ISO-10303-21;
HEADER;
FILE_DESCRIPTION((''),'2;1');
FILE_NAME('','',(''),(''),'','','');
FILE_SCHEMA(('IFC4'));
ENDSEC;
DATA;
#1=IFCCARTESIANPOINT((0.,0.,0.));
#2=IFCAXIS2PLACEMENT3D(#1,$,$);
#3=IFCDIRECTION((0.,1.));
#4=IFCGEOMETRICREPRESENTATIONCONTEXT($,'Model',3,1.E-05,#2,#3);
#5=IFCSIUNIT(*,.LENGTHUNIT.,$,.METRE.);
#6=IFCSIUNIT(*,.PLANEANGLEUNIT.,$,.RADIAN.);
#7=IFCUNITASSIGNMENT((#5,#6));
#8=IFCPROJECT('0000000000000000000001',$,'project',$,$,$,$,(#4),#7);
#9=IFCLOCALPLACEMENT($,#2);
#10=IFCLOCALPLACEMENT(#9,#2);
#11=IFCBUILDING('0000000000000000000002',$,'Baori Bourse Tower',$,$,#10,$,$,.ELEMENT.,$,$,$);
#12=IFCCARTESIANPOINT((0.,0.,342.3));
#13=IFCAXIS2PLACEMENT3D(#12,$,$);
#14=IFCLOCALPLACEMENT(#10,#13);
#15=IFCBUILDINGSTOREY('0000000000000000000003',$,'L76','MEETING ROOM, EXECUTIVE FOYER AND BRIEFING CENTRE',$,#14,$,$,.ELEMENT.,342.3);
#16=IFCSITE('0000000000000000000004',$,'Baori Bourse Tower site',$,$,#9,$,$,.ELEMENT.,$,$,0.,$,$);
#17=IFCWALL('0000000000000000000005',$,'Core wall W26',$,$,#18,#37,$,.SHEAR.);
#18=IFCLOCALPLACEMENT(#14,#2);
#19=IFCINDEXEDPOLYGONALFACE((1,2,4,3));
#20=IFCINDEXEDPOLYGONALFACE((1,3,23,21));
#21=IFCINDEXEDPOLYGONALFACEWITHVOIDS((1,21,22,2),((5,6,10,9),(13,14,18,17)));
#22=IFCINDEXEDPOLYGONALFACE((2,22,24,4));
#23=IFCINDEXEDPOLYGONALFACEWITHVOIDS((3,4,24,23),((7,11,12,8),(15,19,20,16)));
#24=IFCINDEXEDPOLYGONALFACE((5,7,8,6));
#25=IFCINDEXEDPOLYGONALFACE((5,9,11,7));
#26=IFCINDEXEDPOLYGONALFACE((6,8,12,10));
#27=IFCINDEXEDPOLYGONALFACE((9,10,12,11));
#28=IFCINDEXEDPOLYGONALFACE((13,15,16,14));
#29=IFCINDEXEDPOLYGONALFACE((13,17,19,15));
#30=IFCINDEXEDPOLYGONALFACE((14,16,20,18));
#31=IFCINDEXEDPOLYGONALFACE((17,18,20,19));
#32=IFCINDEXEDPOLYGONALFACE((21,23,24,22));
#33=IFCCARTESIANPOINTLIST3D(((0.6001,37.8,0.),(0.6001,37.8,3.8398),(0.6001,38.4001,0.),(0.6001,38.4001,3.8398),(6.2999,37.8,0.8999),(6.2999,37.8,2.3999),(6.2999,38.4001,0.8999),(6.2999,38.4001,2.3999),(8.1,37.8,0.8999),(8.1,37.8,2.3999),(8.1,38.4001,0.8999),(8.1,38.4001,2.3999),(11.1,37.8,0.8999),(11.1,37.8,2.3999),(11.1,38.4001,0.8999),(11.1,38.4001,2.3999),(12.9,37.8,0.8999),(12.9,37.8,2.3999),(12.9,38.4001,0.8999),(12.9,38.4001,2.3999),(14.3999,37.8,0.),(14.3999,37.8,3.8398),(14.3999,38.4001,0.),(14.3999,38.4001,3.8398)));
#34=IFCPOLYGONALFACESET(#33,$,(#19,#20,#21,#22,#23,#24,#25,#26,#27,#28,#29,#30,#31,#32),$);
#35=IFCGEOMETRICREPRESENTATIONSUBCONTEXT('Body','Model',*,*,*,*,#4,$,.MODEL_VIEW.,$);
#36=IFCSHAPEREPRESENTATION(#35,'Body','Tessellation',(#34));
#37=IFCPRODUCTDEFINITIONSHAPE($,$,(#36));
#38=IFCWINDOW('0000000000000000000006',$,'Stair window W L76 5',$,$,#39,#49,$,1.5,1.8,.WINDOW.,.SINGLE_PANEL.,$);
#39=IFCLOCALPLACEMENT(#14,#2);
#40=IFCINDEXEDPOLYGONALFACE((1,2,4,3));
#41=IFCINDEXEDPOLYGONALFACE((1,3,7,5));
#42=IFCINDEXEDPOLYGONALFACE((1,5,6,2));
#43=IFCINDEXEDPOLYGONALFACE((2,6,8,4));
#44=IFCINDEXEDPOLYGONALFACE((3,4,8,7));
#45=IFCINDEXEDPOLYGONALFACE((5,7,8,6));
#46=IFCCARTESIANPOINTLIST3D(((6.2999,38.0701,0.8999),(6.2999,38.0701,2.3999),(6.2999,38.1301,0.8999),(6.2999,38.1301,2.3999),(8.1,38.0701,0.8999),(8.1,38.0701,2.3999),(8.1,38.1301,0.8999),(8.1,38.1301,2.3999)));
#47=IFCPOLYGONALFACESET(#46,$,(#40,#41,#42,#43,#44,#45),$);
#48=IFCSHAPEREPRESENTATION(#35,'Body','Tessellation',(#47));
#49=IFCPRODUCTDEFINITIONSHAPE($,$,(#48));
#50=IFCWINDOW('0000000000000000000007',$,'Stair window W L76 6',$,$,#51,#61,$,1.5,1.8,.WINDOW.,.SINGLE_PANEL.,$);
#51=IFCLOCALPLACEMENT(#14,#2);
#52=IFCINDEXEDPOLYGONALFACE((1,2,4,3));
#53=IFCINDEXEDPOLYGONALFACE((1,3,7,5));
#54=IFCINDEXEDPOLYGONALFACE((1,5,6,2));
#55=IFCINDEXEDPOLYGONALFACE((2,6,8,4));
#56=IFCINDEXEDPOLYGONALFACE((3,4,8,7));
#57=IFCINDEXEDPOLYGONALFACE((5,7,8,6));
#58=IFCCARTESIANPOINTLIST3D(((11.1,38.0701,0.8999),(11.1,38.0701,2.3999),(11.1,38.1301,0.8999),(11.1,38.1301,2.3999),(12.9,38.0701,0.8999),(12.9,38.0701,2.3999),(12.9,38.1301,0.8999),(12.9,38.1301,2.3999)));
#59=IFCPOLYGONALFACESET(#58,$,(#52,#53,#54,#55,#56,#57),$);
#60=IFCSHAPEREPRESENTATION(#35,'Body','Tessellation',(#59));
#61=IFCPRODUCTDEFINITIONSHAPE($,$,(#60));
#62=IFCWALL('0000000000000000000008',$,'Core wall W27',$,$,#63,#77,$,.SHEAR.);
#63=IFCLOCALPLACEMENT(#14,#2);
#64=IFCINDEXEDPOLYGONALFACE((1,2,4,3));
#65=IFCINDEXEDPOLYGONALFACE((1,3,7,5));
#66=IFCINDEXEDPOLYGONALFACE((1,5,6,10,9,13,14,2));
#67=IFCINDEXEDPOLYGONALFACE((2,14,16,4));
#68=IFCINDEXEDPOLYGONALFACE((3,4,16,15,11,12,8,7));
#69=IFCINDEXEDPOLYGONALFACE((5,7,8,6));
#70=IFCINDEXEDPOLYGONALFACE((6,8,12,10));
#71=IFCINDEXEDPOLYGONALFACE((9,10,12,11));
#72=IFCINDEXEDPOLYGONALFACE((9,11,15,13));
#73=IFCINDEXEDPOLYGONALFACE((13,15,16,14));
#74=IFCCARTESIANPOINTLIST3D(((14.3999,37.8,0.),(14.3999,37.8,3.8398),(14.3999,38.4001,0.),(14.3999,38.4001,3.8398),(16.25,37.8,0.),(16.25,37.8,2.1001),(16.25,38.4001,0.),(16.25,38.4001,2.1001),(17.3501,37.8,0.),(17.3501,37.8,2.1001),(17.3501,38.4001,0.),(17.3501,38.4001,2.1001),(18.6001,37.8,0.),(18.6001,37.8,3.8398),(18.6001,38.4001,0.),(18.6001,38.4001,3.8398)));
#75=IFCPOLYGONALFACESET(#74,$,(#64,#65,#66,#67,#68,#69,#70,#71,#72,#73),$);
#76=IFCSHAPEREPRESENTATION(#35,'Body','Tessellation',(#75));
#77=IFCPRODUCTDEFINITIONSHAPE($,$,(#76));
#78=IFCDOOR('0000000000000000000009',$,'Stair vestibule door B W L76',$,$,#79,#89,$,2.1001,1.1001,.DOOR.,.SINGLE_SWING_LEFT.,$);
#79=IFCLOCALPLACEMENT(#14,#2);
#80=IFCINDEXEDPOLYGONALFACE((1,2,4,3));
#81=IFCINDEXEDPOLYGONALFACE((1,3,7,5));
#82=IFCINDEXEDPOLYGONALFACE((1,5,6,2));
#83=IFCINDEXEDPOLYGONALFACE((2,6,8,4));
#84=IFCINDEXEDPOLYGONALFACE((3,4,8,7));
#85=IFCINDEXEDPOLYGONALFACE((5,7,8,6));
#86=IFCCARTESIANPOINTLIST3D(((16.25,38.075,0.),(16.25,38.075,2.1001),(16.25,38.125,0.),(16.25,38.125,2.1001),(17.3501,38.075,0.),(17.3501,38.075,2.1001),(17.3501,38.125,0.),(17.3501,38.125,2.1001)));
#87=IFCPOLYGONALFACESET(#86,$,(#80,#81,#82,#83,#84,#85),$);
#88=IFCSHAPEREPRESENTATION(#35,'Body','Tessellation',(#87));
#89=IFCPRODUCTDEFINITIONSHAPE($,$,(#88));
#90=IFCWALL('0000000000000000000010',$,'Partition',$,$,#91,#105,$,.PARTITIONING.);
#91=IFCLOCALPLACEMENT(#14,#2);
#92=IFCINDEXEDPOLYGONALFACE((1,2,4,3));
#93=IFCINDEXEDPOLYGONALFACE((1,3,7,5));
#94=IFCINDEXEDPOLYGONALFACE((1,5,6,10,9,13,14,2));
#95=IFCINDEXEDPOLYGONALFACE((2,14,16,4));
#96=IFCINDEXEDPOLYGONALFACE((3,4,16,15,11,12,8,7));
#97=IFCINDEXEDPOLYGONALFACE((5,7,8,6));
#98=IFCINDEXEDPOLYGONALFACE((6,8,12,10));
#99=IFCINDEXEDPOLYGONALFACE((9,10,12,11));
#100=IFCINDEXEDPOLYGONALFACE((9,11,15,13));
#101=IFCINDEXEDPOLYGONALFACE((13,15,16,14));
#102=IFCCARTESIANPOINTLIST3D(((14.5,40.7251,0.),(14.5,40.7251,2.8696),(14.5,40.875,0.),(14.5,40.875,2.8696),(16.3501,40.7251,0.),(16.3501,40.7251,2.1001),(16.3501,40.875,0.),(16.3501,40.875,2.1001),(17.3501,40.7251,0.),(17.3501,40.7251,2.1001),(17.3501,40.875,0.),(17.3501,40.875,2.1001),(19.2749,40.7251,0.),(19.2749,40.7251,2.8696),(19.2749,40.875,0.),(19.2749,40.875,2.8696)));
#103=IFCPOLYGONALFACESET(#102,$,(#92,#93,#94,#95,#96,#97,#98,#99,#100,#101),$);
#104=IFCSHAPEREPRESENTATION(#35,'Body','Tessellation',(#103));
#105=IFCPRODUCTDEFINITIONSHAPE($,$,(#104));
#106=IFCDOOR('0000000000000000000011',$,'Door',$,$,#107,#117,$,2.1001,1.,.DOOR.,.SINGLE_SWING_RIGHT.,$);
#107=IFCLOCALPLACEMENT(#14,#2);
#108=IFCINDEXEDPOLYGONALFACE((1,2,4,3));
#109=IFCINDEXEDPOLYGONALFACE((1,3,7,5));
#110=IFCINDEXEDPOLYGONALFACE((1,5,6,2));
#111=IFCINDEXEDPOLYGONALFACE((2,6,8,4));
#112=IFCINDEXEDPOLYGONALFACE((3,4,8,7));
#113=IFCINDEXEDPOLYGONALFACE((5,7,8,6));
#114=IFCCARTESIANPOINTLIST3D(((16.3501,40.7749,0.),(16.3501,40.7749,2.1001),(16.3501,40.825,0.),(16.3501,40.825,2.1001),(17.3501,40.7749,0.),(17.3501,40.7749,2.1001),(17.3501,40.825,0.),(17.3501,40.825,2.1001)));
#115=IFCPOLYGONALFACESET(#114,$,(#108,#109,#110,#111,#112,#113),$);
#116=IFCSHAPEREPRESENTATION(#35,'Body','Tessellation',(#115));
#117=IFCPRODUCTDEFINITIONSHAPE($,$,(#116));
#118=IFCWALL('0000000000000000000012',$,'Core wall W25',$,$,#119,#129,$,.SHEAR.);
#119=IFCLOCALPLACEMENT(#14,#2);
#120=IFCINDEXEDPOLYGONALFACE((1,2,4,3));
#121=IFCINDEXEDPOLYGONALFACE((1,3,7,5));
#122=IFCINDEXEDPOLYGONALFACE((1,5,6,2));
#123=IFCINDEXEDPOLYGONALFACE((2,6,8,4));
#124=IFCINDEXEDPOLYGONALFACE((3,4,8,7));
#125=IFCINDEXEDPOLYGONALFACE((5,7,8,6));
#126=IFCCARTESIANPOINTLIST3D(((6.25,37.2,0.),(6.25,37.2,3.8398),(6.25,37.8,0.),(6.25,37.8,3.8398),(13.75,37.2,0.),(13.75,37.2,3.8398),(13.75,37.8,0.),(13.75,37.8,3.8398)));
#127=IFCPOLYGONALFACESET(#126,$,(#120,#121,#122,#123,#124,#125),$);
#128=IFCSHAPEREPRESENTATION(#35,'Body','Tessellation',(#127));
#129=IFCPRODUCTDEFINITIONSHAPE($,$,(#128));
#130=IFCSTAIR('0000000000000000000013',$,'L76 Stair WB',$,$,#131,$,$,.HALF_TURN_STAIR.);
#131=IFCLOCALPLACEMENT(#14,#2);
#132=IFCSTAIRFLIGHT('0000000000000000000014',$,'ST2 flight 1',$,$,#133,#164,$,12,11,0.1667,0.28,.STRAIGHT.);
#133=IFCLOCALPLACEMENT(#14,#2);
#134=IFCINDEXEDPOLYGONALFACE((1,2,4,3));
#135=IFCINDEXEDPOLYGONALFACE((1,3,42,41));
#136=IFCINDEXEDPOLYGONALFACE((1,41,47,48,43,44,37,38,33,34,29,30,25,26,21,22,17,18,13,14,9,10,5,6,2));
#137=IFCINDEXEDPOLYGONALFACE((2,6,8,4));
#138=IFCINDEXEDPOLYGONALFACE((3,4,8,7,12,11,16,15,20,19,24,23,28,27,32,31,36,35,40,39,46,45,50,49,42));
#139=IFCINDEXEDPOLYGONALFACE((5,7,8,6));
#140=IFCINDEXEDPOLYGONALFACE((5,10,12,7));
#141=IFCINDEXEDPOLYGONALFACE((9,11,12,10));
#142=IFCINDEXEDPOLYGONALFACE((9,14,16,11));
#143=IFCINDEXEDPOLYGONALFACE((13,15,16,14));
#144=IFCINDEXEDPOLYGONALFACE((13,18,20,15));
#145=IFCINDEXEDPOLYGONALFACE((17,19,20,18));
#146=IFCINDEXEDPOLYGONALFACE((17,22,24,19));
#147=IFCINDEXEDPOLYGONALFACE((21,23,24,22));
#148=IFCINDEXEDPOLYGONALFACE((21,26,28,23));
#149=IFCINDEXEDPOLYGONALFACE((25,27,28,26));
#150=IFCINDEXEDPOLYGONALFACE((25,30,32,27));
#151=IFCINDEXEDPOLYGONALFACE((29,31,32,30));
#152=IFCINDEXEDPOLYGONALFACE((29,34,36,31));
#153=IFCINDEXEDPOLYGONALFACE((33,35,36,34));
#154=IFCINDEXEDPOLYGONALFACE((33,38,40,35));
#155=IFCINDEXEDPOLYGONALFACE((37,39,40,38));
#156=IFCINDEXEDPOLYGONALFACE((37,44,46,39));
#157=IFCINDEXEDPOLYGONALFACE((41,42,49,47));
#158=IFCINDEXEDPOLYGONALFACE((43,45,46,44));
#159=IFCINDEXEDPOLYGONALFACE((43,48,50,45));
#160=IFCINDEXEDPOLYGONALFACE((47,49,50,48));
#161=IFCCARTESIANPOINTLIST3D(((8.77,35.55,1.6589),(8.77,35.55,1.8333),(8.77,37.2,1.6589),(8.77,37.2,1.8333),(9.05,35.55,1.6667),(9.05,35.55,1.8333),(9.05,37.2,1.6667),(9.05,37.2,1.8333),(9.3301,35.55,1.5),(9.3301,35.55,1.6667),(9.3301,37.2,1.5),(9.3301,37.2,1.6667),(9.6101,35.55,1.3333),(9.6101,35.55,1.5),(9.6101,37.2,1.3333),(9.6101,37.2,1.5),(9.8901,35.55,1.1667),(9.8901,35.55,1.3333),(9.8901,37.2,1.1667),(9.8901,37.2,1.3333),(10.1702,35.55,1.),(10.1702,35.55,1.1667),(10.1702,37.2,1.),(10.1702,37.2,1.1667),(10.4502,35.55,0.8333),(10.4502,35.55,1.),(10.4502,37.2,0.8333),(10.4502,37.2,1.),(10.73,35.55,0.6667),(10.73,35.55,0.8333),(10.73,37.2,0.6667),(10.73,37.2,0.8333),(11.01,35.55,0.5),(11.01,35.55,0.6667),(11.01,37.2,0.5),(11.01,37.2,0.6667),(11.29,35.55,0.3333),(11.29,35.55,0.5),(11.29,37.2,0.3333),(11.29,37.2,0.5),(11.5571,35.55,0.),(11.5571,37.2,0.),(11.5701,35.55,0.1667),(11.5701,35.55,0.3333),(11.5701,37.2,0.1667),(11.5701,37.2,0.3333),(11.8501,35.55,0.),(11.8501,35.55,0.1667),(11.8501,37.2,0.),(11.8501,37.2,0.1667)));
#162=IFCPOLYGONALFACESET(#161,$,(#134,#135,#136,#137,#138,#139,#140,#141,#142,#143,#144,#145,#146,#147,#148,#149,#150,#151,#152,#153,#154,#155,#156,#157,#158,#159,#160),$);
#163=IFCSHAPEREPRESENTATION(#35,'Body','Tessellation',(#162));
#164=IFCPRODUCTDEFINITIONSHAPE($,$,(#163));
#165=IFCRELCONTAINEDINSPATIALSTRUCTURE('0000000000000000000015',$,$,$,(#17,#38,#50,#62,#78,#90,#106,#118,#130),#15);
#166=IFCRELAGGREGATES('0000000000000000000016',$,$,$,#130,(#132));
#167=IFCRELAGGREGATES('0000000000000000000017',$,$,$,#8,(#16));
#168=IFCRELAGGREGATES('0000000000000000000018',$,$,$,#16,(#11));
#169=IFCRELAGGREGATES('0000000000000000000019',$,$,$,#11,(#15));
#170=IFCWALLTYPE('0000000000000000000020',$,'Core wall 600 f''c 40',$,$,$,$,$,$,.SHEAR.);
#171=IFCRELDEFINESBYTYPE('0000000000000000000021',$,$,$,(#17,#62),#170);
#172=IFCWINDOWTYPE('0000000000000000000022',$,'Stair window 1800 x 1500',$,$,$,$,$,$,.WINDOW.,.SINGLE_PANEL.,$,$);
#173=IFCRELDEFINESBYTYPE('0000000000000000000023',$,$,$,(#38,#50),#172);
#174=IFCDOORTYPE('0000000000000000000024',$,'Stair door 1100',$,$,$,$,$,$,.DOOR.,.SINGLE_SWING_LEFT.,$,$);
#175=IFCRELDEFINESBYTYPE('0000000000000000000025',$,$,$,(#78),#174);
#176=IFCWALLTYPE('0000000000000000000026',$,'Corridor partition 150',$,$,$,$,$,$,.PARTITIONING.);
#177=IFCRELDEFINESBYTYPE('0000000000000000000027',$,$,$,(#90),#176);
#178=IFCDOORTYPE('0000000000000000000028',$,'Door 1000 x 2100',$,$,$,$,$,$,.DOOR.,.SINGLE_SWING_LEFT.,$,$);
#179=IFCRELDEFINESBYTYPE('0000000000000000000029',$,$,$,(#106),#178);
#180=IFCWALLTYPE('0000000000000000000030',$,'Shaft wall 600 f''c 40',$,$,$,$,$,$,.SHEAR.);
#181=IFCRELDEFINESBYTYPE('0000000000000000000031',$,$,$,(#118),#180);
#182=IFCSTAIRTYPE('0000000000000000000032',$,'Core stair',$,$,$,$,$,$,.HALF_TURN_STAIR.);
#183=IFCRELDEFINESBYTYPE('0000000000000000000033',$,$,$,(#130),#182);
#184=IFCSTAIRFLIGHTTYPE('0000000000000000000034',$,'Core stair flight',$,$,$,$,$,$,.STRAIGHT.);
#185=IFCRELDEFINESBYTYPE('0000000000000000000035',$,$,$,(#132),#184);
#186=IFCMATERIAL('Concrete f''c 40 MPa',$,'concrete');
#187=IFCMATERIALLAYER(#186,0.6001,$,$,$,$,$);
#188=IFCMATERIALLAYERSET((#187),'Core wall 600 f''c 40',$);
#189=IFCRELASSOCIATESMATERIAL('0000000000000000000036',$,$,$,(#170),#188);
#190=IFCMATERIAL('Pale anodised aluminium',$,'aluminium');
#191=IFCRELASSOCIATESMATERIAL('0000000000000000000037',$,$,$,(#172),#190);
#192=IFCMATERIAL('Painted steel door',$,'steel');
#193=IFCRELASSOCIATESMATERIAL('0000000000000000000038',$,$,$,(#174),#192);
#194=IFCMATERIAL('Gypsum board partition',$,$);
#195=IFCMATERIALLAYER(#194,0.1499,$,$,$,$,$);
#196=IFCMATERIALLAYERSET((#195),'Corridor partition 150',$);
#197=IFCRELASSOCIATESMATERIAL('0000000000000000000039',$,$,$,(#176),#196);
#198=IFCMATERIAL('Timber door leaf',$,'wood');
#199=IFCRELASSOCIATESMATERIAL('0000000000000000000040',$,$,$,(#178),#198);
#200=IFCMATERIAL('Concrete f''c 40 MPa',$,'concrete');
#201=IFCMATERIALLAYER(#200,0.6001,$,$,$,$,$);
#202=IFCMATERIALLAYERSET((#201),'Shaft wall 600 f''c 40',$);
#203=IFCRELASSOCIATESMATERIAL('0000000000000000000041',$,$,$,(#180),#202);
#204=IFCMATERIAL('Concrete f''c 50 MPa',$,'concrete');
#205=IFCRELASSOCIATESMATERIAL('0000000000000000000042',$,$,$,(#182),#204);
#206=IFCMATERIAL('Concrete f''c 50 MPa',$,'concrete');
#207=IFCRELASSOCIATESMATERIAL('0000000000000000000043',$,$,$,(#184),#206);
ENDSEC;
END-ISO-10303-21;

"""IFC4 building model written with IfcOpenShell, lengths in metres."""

from ifc_helpers import new_model, si_unit, direction, frame, frame_2d, origin, place, context, subcontext, project, spatial, polyline, rectangle, outline, extrude, material, layer, layer_set, type_object, element, fill, aggregate, save


model = new_model("IFC4")

# Units and contexts
model_context = context("Model", 3, precision=1e-05, world=origin(), true_north=direction((0.0, 1.0)))
body_context = subcontext(model_context, "Body", "Model", "MODEL_VIEW")
ifc_project = project(units=[si_unit("LENGTHUNIT", "METRE"), si_unit("PLANEANGLEUNIT", "RADIAN")], contexts=[model_context])

# Site, building, storey
site_placement = place(None, origin())
site = spatial("IfcSite", under=ifc_project, at=site_placement, Name="Baori Bourse Tower site", CompositionType="ELEMENT", RefElevation=0.0)
building_placement = place(site_placement, origin())
building = spatial("IfcBuilding", under=site, at=building_placement, Name="Baori Bourse Tower", CompositionType="ELEMENT")
storey_placement = place(building_placement, frame((0.0, 0.0, 342.3)))
storey = spatial("IfcBuildingStorey", under=building, at=storey_placement, Name="L76", Description="MEETING ROOM, EXECUTIVE FOYER AND BRIEFING CENTRE", CompositionType="ELEMENT", Elevation=342.3)

# Wall, openings, windows
ifc_material_1 = material(Name="Concrete f'c 40 MPa", Category="concrete")
ifc_layer_1 = layer(ifc_material_1, 0.6001)
ifc_layer_set_1 = layer_set([ifc_layer_1], Name="Core wall 600 f'c 40")
wall_type_1 = type_object("IfcWallType", Name="Core wall 600 f'c 40", PredefinedType="SHEAR", material=ifc_layer_set_1)
wall_1_placement = place(storey_placement, frame((0.6001, 38.1001, 0.0), z_axis=(0.0, 0.0, 1.0), x_axis=(1.0, 0.0, 0.0)))
wall_1 = element("IfcWall", 1, at=wall_1_placement, inside=storey, type_object=wall_type_1, Name="Core wall W26", PredefinedType="SHEAR", context=body_context, shape_type="SweptSolid", body=[
    extrude(rectangle(XDim=13.7998, YDim=0.6001, at=frame_2d((6.8999, 0.0))), origin(), (0.0, 0.0, 1.0), 3.8398),
])
opening_1_placement = place(wall_1_placement, frame((5.7, 0.0, 0.8999)))
opening_1 = element("IfcOpeningElement", 2, at=opening_1_placement, cuts=wall_1, PredefinedType="OPENING", context=body_context, shape_type="SweptSolid", body=[
    extrude(rectangle(XDim=1.8, YDim=1.5, at=frame_2d((0.8999, 0.75))), frame((0.0, 0.3101, 0.0), z_axis=(0.0, -1.0, 0.0), x_axis=(1.0, 0.0, 0.0)), (0.0, 0.0, 1.0), 0.6201),
])
opening_2_placement = place(wall_1_placement, frame((10.5, 0.0, 0.8999)))
opening_2 = element("IfcOpeningElement", 3, at=opening_2_placement, cuts=wall_1, PredefinedType="OPENING", context=body_context, shape_type="SweptSolid", body=[
    extrude(rectangle(XDim=1.8, YDim=1.5, at=frame_2d((0.8999, 0.75))), frame((0.0, 0.3101, 0.0), z_axis=(0.0, -1.0, 0.0), x_axis=(1.0, 0.0, 0.0)), (0.0, 0.0, 1.0), 0.6201),
])
ifc_material_2 = material(Name="Pale anodised aluminium", Category="aluminium")
window_type = type_object("IfcWindowType", Name="Stair window 1800 x 1500", PartitioningType="SINGLE_PANEL", PredefinedType="WINDOW", material=ifc_material_2)
window_1_placement = place(opening_1_placement, origin())
window_1 = element("IfcWindow", 4, at=window_1_placement, inside=storey, type_object=window_type, Name="Stair window W L76 5", OverallHeight=1.5, OverallWidth=1.8, PartitioningType="SINGLE_PANEL", PredefinedType="WINDOW", context=body_context, shape_type="SweptSolid", body=[
    extrude(rectangle(XDim=1.8, YDim=1.5, at=frame_2d((0.8999, 0.75))), frame((0.0, 0.03, 0.0), z_axis=(0.0, -1.0, 0.0), x_axis=(1.0, 0.0, 0.0)), (0.0, 0.0, 1.0), 0.0601),
])
fill(opening_1, window_1)
window_2_placement = place(opening_2_placement, origin())
window_2 = element("IfcWindow", 5, at=window_2_placement, inside=storey, type_object=window_type, Name="Stair window W L76 6", OverallHeight=1.5, OverallWidth=1.8, PartitioningType="SINGLE_PANEL", PredefinedType="WINDOW", context=body_context, shape_type="SweptSolid", body=[
    extrude(rectangle(XDim=1.8, YDim=1.5, at=frame_2d((0.8999, 0.75))), frame((0.0, 0.03, 0.0), z_axis=(0.0, -1.0, 0.0), x_axis=(1.0, 0.0, 0.0)), (0.0, 0.0, 1.0), 0.0601),
])
fill(opening_2, window_2)

# Walls, openings, doors
wall_2_placement = place(storey_placement, frame((14.3999, 38.1001, 0.0), z_axis=(0.0, 0.0, 1.0), x_axis=(1.0, 0.0, 0.0)))
wall_2 = element("IfcWall", 6, at=wall_2_placement, inside=storey, type_object=wall_type_1, Name="Core wall W27", PredefinedType="SHEAR", context=body_context, shape_type="SweptSolid", body=[
    extrude(rectangle(XDim=4.2002, YDim=0.6001, at=frame_2d((2.1001, 0.0))), origin(), (0.0, 0.0, 1.0), 3.8398),
])
opening_3_placement = place(wall_2_placement, frame((1.8501, 0.0, 0.0)))
opening_3 = element("IfcOpeningElement", 7, at=opening_3_placement, cuts=wall_2, PredefinedType="OPENING", context=body_context, shape_type="SweptSolid", body=[
    extrude(rectangle(XDim=1.1001, YDim=2.1001, at=frame_2d((0.55, 1.05))), frame((0.0, 0.3101, 0.0), z_axis=(0.0, -1.0, 0.0), x_axis=(1.0, 0.0, 0.0)), (0.0, 0.0, 1.0), 0.6201),
])
ifc_material_3 = material(Name="Painted steel door", Category="steel")
door_type_1 = type_object("IfcDoorType", Name="Stair door 1100", OperationType="SINGLE_SWING_LEFT", PredefinedType="DOOR", material=ifc_material_3)
door_1_placement = place(opening_3_placement, origin())
door_1 = element("IfcDoor", 8, at=door_1_placement, inside=storey, type_object=door_type_1, Name="Stair vestibule door B W L76", OperationType="SINGLE_SWING_LEFT", OverallHeight=2.1001, OverallWidth=1.1001, PredefinedType="DOOR", context=body_context, shape_type="SweptSolid", body=[
    extrude(rectangle(XDim=1.1001, YDim=2.1001, at=frame_2d((0.55, 1.05))), frame((0.0, 0.0249, 0.0), z_axis=(0.0, -1.0, 0.0), x_axis=(1.0, 0.0, 0.0)), (0.0, 0.0, 1.0), 0.05),
])
fill(opening_3, door_1)
ifc_material_4 = material(Name="Gypsum board partition")
ifc_layer_2 = layer(ifc_material_4, 0.1499)
ifc_layer_set_2 = layer_set([ifc_layer_2], Name="Corridor partition 150")
wall_type_2 = type_object("IfcWallType", Name="Corridor partition 150", PredefinedType="PARTITIONING", material=ifc_layer_set_2)
wall_3_placement = place(storey_placement, frame((14.5, 40.8, 0.0), z_axis=(0.0, 0.0, 1.0), x_axis=(1.0, 0.0, 0.0)))
wall_3 = element("IfcWall", 9, at=wall_3_placement, inside=storey, type_object=wall_type_2, Name="Partition", PredefinedType="PARTITIONING", context=body_context, shape_type="SweptSolid", body=[
    extrude(rectangle(XDim=4.7749, YDim=0.1499, at=frame_2d((2.3875, 0.0))), origin(), (0.0, 0.0, 1.0), 2.8696),
])
opening_4_placement = place(wall_3_placement, frame((1.8501, 0.0, 0.0)))
opening_4 = element("IfcOpeningElement", 10, at=opening_4_placement, cuts=wall_3, PredefinedType="OPENING", context=body_context, shape_type="SweptSolid", body=[
    extrude(rectangle(XDim=1.0, YDim=2.1001, at=frame_2d((0.5, 1.05))), frame((0.0, 0.085, 0.0), z_axis=(0.0, -1.0, 0.0), x_axis=(1.0, 0.0, 0.0)), (0.0, 0.0, 1.0), 0.1699),
])
ifc_material_5 = material(Name="Timber door leaf", Category="wood")
door_type_2 = type_object("IfcDoorType", Name="Door 1000 x 2100", OperationType="SINGLE_SWING_LEFT", PredefinedType="DOOR", material=ifc_material_5)
door_2_placement = place(opening_4_placement, origin())
door_2 = element("IfcDoor", 11, at=door_2_placement, inside=storey, type_object=door_type_2, Name="Door", OperationType="SINGLE_SWING_RIGHT", OverallHeight=2.1001, OverallWidth=1.0, PredefinedType="DOOR", context=body_context, shape_type="SweptSolid", body=[
    extrude(rectangle(XDim=1.0, YDim=2.1001, at=frame_2d((0.5, 1.05))), frame((0.0, 0.0249, 0.0), z_axis=(0.0, -1.0, 0.0), x_axis=(1.0, 0.0, 0.0)), (0.0, 0.0, 1.0), 0.05),
])
fill(opening_4, door_2)

# Wall
ifc_material_6 = material(Name="Concrete f'c 40 MPa", Category="concrete")
ifc_layer_3 = layer(ifc_material_6, 0.6001)
ifc_layer_set_3 = layer_set([ifc_layer_3], Name="Shaft wall 600 f'c 40")
wall_type_3 = type_object("IfcWallType", Name="Shaft wall 600 f'c 40", PredefinedType="SHEAR", material=ifc_layer_set_3)
wall_4_placement = place(storey_placement, frame((6.25, 37.5, 0.0), z_axis=(0.0, 0.0, 1.0), x_axis=(1.0, 0.0, 0.0)))
element("IfcWall", 12, at=wall_4_placement, inside=storey, type_object=wall_type_3, Name="Core wall W25", PredefinedType="SHEAR", context=body_context, shape_type="SweptSolid", body=[
    extrude(rectangle(XDim=7.5, YDim=0.6001, at=frame_2d((3.75, 0.0))), origin(), (0.0, 0.0, 1.0), 3.8398),
])

# Stair, stair flight
ifc_material_7 = material(Name="Concrete f'c 50 MPa", Category="concrete")
stair_type = type_object("IfcStairType", Name="Core stair", PredefinedType="HALF_TURN_STAIR", material=ifc_material_7)
stair_placement = place(storey_placement, origin())
stair = element("IfcStair", 13, at=stair_placement, inside=storey, type_object=stair_type, Name="L76 Stair WB", PredefinedType="HALF_TURN_STAIR")
ifc_material_8 = material(Name="Concrete f'c 50 MPa", Category="concrete")
stair_flight_type = type_object("IfcStairFlightType", Name="Core stair flight", PredefinedType="STRAIGHT", material=ifc_material_8)
stair_flight_placement = place(storey_placement, frame((11.8501, 36.375, 0.0), z_axis=(0.0, 0.0, 1.0), x_axis=(-1.0, 0.0, 0.0)))
stair_flight = element("IfcStairFlight", 14, at=stair_flight_placement, type_object=stair_flight_type, Name="ST2 flight 1", NumberOfRisers=12, NumberOfTreads=11, PredefinedType="STRAIGHT", RiserHeight=0.1667, TreadLength=0.28, context=body_context, shape_type="SweptSolid", body=[
    extrude(outline(polyline([(0.0, 0.0), (0.0, 0.1667), (0.28, 0.1667), (0.28, 0.3333), (0.5601, 0.3333), (0.5601, 0.5), (0.8401, 0.5), (0.8401, 0.6667), (1.1201, 0.6667), (1.1201, 0.8333), (1.3999, 0.8333), (1.3999, 1.0), (1.6799, 1.0), (1.6799, 1.1667), (1.96, 1.1667), (1.96, 1.3333), (2.24, 1.3333), (2.24, 1.5), (2.52, 1.5), (2.52, 1.6667), (2.8, 1.6667), (2.8, 1.8333), (3.0801, 1.8333), (3.0801, 2.0), (3.0801, 1.6589), (0.293, 0.0), (0.0, 0.0)])), frame((0.0, 0.825, 0.0), z_axis=(0.0, -1.0, 0.0), x_axis=(1.0, 0.0, 0.0)), (0.0, 0.0, 1.0), 1.6499),
])
aggregate(stair, [stair_flight])

save(model, "model.ifc")
